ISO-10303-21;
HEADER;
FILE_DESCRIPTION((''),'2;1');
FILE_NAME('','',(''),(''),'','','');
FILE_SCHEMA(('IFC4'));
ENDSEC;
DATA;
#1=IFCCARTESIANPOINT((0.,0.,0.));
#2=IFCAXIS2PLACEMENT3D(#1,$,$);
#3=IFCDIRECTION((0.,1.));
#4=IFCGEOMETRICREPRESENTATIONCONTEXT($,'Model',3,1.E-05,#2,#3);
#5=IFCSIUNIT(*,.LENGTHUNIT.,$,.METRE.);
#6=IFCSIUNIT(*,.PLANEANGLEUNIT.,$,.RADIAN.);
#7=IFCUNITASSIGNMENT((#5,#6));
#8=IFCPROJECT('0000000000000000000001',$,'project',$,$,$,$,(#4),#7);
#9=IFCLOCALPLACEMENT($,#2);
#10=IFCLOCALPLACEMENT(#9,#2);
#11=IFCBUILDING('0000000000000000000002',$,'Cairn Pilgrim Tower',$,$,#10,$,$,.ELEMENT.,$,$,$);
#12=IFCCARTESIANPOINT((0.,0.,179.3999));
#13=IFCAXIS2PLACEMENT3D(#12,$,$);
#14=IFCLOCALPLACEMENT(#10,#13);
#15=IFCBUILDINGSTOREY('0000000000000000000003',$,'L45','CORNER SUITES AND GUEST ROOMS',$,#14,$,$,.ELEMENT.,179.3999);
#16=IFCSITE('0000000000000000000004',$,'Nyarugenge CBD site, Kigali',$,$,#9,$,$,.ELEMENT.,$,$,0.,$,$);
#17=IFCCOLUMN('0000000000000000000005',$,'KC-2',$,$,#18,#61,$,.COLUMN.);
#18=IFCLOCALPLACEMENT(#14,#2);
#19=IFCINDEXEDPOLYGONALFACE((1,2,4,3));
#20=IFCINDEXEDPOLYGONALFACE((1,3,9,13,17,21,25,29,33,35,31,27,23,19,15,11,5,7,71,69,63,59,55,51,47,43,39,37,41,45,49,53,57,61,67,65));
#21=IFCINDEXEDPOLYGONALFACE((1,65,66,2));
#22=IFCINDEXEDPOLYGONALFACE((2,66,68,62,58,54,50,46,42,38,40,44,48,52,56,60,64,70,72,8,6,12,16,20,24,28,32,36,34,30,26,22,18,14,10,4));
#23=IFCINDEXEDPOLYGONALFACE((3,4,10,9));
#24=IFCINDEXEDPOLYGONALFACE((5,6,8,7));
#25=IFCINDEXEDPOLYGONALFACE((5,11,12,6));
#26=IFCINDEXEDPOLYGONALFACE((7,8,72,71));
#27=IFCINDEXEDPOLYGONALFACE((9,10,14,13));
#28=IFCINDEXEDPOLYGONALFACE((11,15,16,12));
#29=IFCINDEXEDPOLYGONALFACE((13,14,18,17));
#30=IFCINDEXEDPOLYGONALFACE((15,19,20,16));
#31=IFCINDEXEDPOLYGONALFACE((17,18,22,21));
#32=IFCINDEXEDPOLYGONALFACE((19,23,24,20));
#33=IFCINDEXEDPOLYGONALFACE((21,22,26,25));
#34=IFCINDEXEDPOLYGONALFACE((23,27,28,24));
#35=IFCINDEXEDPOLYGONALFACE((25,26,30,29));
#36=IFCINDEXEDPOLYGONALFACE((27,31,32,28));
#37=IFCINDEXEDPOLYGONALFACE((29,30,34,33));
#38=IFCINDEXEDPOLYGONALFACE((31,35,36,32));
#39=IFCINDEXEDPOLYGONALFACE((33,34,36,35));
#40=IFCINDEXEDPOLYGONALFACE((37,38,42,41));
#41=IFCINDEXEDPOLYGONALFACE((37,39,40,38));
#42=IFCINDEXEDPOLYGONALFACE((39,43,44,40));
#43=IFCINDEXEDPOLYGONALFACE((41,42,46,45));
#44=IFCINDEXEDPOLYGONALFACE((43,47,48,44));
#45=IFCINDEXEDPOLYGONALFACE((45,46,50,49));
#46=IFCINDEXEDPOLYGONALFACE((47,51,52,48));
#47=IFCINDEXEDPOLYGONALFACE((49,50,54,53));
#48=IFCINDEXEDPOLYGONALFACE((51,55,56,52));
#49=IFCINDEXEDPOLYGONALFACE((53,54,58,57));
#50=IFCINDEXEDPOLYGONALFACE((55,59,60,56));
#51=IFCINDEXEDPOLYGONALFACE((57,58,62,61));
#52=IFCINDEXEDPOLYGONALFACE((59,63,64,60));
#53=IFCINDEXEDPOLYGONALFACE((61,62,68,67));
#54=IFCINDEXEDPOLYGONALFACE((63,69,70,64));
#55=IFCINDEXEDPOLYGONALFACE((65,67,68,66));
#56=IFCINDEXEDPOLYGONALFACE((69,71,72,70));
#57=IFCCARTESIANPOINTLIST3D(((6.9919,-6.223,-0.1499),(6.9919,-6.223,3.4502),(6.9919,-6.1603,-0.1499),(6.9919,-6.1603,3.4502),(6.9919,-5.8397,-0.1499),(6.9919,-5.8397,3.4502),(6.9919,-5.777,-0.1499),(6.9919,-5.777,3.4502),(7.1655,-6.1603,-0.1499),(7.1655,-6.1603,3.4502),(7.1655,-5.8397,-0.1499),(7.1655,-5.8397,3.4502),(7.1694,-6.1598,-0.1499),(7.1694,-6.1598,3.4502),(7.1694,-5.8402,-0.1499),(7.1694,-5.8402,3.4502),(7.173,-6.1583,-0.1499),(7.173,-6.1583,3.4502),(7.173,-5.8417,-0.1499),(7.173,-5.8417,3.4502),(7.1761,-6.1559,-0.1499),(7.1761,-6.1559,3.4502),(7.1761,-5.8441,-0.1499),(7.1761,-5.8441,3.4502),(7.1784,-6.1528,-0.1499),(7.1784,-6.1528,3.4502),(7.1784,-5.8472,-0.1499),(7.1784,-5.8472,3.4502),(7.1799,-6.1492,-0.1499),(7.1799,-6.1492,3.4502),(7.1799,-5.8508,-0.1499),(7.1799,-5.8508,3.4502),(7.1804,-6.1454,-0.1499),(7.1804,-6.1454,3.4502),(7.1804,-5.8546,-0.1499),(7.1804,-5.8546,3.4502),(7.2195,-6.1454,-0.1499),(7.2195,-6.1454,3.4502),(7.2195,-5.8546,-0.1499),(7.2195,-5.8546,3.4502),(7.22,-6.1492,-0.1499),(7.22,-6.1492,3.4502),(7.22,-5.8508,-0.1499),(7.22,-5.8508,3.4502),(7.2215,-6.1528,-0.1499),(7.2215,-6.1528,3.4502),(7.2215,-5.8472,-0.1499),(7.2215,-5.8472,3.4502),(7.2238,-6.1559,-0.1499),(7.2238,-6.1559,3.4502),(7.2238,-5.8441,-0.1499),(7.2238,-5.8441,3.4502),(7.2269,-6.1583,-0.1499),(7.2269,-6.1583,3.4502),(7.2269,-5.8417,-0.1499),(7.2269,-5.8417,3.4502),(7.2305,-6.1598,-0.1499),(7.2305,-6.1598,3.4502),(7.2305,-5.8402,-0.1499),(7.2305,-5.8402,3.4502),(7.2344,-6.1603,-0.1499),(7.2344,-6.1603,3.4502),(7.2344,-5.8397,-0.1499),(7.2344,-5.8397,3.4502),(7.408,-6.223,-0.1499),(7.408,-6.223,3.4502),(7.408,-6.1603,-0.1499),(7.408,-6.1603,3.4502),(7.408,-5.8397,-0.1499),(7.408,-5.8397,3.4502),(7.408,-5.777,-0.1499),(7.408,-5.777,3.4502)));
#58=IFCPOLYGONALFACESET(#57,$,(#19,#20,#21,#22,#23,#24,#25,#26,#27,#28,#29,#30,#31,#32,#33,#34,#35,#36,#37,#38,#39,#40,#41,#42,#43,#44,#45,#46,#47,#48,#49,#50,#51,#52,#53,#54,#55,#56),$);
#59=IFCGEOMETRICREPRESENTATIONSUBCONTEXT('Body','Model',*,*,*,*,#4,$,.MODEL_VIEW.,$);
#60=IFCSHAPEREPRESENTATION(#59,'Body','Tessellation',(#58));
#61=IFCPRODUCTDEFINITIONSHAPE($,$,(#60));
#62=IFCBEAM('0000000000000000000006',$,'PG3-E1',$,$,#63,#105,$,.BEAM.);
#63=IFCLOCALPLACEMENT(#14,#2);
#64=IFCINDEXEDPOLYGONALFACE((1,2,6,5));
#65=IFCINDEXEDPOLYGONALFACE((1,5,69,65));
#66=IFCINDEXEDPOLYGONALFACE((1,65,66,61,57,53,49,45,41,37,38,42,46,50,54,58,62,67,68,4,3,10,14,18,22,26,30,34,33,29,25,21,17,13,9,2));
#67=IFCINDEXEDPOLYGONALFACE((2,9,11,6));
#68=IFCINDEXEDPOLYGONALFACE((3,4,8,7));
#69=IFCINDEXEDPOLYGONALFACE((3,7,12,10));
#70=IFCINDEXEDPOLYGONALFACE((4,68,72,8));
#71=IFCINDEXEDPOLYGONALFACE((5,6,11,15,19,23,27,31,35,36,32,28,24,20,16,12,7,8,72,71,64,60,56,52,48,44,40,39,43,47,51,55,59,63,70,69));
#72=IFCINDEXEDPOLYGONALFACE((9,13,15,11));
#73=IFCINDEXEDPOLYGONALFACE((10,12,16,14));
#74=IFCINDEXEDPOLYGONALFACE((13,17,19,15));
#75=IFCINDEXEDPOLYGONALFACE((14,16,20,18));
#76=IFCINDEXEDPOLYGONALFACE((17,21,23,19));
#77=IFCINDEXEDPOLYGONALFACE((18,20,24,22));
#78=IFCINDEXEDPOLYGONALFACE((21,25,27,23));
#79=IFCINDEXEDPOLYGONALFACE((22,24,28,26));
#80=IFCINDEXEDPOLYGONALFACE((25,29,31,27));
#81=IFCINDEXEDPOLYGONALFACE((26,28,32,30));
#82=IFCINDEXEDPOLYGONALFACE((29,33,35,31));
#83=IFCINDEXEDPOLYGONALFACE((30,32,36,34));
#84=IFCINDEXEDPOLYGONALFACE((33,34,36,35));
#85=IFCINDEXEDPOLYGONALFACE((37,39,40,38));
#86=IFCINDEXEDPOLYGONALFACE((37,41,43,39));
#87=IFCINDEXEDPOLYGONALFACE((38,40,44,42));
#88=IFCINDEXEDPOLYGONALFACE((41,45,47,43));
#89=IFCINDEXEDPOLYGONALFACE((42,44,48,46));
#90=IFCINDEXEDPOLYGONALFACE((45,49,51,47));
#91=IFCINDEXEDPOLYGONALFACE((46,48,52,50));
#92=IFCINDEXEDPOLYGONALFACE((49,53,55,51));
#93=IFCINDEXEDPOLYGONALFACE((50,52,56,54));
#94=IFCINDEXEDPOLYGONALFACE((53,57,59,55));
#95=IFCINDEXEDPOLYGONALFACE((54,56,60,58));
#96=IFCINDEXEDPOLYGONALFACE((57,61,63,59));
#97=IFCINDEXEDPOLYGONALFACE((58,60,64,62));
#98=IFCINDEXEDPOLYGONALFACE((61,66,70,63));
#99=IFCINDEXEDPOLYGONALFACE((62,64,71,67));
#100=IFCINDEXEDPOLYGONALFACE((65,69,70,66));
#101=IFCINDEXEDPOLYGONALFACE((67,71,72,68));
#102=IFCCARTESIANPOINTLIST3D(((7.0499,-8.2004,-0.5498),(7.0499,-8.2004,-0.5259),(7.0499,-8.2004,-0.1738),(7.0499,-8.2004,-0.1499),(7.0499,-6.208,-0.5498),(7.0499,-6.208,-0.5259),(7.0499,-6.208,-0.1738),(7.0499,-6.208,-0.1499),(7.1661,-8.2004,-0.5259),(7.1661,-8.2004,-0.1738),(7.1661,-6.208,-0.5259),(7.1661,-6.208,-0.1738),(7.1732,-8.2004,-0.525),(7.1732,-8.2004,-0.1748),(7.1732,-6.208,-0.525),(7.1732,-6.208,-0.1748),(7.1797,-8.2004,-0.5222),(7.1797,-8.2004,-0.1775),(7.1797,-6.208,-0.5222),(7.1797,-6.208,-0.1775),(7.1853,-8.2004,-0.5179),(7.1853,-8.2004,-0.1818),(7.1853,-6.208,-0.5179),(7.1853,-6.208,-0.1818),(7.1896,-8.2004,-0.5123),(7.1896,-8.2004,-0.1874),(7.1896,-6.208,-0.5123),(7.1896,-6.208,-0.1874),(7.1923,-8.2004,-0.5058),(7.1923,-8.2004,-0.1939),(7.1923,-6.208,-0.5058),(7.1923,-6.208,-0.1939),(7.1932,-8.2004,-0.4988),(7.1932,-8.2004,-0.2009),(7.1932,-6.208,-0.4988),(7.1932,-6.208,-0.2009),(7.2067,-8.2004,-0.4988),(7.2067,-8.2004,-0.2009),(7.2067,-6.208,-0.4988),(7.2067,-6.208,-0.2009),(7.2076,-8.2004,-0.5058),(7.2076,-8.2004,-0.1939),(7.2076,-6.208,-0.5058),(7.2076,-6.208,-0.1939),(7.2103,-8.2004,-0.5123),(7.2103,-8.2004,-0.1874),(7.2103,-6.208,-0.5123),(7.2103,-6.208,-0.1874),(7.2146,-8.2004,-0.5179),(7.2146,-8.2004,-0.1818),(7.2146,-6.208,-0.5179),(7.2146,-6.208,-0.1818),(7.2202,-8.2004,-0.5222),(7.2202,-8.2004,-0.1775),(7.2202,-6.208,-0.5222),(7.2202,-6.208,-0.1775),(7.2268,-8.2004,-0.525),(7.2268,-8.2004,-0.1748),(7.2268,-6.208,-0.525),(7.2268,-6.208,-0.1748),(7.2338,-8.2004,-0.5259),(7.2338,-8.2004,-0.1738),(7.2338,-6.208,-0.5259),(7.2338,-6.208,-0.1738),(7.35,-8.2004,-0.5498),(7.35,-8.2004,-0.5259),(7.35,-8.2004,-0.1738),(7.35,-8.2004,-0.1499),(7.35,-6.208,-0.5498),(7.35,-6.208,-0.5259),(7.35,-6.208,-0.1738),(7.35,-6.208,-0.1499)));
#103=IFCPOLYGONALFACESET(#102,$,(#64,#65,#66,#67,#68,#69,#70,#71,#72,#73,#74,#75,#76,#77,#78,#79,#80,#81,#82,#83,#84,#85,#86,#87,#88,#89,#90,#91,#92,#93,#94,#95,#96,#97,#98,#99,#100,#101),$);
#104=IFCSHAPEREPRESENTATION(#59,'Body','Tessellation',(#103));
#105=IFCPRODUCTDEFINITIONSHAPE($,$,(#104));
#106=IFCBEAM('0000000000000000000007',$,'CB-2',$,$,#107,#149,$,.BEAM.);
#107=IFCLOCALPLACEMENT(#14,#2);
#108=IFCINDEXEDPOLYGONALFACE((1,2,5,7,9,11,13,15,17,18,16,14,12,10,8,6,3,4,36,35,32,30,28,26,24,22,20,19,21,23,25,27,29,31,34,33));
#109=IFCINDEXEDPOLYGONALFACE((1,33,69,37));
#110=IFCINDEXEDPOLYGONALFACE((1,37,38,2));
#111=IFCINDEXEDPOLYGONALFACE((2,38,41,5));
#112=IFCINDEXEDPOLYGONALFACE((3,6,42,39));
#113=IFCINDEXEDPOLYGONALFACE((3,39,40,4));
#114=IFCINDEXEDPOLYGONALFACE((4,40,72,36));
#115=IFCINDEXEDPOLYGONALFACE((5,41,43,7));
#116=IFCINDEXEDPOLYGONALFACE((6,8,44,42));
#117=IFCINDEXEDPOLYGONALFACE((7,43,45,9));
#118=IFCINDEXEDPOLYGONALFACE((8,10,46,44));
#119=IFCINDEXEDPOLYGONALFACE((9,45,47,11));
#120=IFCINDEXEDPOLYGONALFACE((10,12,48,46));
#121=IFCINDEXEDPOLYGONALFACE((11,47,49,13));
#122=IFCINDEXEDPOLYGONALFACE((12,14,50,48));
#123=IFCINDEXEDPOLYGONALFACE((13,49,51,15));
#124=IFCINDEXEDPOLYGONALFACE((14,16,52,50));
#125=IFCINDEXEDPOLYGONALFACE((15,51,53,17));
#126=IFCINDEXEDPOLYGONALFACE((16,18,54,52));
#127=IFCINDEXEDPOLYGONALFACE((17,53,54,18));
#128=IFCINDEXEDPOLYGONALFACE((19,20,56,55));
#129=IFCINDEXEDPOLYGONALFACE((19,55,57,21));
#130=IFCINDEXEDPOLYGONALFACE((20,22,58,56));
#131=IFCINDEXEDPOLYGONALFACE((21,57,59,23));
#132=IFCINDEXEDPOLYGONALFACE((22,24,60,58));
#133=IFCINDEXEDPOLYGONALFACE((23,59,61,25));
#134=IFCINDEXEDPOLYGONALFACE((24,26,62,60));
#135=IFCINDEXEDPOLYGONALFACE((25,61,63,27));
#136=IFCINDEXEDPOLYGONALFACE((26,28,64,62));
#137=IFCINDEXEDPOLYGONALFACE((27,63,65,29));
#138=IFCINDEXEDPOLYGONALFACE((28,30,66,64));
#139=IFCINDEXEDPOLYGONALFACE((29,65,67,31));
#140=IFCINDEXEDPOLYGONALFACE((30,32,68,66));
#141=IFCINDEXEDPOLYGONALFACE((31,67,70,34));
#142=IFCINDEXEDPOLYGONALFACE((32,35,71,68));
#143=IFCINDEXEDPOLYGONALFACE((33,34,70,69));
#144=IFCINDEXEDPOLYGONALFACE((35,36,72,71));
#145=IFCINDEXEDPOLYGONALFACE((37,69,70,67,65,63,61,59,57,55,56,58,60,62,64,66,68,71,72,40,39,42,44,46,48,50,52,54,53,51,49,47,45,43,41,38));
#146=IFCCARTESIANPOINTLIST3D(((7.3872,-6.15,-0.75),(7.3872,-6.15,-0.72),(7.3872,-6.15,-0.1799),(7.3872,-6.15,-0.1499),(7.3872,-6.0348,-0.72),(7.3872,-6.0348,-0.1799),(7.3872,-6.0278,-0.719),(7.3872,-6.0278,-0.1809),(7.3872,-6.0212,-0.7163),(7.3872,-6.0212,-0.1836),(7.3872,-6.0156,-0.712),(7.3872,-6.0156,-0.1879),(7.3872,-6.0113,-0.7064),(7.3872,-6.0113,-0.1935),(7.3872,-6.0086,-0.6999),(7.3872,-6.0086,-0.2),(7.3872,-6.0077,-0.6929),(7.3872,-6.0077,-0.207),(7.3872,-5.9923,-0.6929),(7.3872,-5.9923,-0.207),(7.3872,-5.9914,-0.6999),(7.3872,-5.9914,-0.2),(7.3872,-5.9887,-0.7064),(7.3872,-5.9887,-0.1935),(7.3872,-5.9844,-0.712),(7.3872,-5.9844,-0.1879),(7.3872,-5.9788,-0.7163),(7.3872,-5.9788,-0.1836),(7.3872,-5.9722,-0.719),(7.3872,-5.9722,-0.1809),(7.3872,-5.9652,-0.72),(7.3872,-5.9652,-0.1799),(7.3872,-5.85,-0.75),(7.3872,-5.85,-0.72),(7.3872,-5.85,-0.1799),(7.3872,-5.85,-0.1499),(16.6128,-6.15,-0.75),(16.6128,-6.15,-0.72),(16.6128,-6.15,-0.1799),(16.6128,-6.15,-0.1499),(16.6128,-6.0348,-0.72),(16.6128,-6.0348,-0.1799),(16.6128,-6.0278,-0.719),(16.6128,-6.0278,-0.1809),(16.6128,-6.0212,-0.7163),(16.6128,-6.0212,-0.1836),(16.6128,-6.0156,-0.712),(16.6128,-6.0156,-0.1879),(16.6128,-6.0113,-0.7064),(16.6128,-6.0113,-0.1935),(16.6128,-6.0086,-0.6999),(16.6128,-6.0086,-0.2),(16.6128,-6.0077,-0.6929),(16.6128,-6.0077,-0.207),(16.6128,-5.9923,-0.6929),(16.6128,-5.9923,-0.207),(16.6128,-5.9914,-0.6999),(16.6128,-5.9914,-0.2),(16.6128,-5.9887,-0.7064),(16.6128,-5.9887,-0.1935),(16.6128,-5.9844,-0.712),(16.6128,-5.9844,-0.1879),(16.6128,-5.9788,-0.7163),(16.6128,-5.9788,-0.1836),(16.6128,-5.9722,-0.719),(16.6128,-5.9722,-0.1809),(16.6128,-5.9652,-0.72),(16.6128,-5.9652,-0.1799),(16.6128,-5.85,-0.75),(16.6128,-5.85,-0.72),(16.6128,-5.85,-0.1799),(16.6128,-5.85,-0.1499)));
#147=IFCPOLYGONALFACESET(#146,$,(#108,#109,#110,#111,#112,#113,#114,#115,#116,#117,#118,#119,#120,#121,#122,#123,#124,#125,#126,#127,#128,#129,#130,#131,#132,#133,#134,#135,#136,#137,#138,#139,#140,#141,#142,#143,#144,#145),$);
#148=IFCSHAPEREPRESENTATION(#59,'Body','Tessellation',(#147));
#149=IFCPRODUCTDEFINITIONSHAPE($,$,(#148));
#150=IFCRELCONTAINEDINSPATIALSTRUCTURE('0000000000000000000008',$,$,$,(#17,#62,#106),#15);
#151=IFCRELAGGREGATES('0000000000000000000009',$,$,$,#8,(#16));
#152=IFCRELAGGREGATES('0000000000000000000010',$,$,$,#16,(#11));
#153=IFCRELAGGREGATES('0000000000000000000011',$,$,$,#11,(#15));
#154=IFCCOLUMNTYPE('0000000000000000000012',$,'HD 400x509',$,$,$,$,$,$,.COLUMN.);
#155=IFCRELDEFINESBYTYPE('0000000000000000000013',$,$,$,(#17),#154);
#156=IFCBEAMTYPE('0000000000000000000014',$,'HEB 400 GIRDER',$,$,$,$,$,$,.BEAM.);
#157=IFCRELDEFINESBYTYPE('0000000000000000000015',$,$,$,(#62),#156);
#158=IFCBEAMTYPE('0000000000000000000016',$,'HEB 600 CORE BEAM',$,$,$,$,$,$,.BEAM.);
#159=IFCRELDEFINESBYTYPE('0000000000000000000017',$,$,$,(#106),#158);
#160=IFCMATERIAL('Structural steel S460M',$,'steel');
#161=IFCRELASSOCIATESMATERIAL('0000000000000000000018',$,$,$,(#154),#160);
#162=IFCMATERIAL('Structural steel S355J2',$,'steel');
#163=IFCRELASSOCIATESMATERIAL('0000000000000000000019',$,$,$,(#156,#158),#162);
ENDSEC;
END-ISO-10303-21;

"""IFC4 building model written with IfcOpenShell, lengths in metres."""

from ifc_helpers import new_model, si_unit, direction, frame, origin, origin_2d, place, context, subcontext, project, spatial, i_section, extrude, material, material_profile, profile_set, type_object, element, save


model = new_model("IFC4")

# Units and contexts
model_context = context("Model", 3, precision=1e-05, world=origin(), true_north=direction((0.0, 1.0)))
body_context = subcontext(model_context, "Body", "Model", "MODEL_VIEW")
ifc_project = project(units=[si_unit("LENGTHUNIT", "METRE"), si_unit("PLANEANGLEUNIT", "RADIAN")], contexts=[model_context])

# Site, building, storey
site_placement = place(None, origin())
site = spatial("IfcSite", under=ifc_project, at=site_placement, Name="Nyarugenge CBD site, Kigali", CompositionType="ELEMENT", RefElevation=0.0)
building_placement = place(site_placement, origin())
building = spatial("IfcBuilding", under=site, at=building_placement, Name="Cairn Pilgrim Tower", CompositionType="ELEMENT")
storey_placement = place(building_placement, frame((0.0, 0.0, 179.3999)))
storey = spatial("IfcBuildingStorey", under=building, at=storey_placement, Name="L45", Description="CORNER SUITES AND GUEST ROOMS", CompositionType="ELEMENT", Elevation=179.3999)

# Column
ifc_material_1 = material(Name="Structural steel S460M", Category="steel")
ifc_material_profile_1 = material_profile(ifc_material_1, i_section(OverallWidth=0.416, OverallDepth=0.446, WebThickness=0.0391, FlangeThickness=0.0627, FilletRadius=0.0149, at=origin_2d()), Name="HD 400x509")
ifc_profile_set_1 = profile_set([ifc_material_profile_1], Name="Structural steel S460M")
column_type = type_object("IfcColumnType", Name="HD 400x509", PredefinedType="COLUMN", material=ifc_profile_set_1)
column_placement = place(storey_placement, frame((7.2, -6.0, -0.1499), z_axis=(0.0, 0.0, 1.0), x_axis=(1.0, 0.0, 0.0)))
element("IfcColumn", 1, at=column_placement, inside=storey, type_object=column_type, Name="KC-2", PredefinedType="COLUMN", context=body_context, shape_type="SweptSolid", body=[
    extrude(i_section(OverallWidth=0.416, OverallDepth=0.446, WebThickness=0.0391, FlangeThickness=0.0627, FilletRadius=0.0149, at=origin_2d()), origin(), (0.0, 0.0, 1.0), 3.6001),
])

# Beams
ifc_material_2 = material(Name="Structural steel S355J2", Category="steel")
ifc_material_profile_2 = material_profile(ifc_material_2, i_section(OverallWidth=0.3, OverallDepth=0.3999, WebThickness=0.0134, FlangeThickness=0.0239, FilletRadius=0.0271, at=origin_2d()), Name="HEB 400")
ifc_profile_set_2 = profile_set([ifc_material_profile_2], Name="Structural steel S355J2")
beam_type_1 = type_object("IfcBeamType", Name="HEB 400 GIRDER", PredefinedType="BEAM", material=ifc_profile_set_2)
beam_1_placement = place(storey_placement, frame((7.2, -8.2004, -0.3499), z_axis=(0.0, 1.0, 0.0), x_axis=(-1.0, 0.0, 0.0)))
element("IfcBeam", 2, at=beam_1_placement, inside=storey, type_object=beam_type_1, Name="PG3-E1", PredefinedType="BEAM", context=body_context, shape_type="SweptSolid", body=[
    extrude(i_section(OverallWidth=0.3, OverallDepth=0.3999, WebThickness=0.0134, FlangeThickness=0.0239, FilletRadius=0.0271, at=origin_2d()), origin(), (0.0, 0.0, 1.0), 1.9924),
])
ifc_material_profile_3 = material_profile(ifc_material_2, i_section(OverallWidth=0.3, OverallDepth=0.6001, WebThickness=0.0154, FlangeThickness=0.03, FilletRadius=0.0271, at=origin_2d()), Name="HEB 600")
ifc_profile_set_3 = profile_set([ifc_material_profile_3], Name="Structural steel S355J2")
beam_type_2 = type_object("IfcBeamType", Name="HEB 600 CORE BEAM", PredefinedType="BEAM", material=ifc_profile_set_3)
beam_2_placement = place(storey_placement, frame((7.3872, -6.0, -0.45), z_axis=(1.0, 0.0, 0.0), x_axis=(0.0, 1.0, 0.0)))
element("IfcBeam", 3, at=beam_2_placement, inside=storey, type_object=beam_type_2, Name="CB-2", PredefinedType="BEAM", context=body_context, shape_type="SweptSolid", body=[
    extrude(i_section(OverallWidth=0.3, OverallDepth=0.6001, WebThickness=0.0154, FlangeThickness=0.03, FilletRadius=0.0271, at=origin_2d()), origin(), (0.0, 0.0, 1.0), 9.2256),
])

save(model, "model.ifc")
